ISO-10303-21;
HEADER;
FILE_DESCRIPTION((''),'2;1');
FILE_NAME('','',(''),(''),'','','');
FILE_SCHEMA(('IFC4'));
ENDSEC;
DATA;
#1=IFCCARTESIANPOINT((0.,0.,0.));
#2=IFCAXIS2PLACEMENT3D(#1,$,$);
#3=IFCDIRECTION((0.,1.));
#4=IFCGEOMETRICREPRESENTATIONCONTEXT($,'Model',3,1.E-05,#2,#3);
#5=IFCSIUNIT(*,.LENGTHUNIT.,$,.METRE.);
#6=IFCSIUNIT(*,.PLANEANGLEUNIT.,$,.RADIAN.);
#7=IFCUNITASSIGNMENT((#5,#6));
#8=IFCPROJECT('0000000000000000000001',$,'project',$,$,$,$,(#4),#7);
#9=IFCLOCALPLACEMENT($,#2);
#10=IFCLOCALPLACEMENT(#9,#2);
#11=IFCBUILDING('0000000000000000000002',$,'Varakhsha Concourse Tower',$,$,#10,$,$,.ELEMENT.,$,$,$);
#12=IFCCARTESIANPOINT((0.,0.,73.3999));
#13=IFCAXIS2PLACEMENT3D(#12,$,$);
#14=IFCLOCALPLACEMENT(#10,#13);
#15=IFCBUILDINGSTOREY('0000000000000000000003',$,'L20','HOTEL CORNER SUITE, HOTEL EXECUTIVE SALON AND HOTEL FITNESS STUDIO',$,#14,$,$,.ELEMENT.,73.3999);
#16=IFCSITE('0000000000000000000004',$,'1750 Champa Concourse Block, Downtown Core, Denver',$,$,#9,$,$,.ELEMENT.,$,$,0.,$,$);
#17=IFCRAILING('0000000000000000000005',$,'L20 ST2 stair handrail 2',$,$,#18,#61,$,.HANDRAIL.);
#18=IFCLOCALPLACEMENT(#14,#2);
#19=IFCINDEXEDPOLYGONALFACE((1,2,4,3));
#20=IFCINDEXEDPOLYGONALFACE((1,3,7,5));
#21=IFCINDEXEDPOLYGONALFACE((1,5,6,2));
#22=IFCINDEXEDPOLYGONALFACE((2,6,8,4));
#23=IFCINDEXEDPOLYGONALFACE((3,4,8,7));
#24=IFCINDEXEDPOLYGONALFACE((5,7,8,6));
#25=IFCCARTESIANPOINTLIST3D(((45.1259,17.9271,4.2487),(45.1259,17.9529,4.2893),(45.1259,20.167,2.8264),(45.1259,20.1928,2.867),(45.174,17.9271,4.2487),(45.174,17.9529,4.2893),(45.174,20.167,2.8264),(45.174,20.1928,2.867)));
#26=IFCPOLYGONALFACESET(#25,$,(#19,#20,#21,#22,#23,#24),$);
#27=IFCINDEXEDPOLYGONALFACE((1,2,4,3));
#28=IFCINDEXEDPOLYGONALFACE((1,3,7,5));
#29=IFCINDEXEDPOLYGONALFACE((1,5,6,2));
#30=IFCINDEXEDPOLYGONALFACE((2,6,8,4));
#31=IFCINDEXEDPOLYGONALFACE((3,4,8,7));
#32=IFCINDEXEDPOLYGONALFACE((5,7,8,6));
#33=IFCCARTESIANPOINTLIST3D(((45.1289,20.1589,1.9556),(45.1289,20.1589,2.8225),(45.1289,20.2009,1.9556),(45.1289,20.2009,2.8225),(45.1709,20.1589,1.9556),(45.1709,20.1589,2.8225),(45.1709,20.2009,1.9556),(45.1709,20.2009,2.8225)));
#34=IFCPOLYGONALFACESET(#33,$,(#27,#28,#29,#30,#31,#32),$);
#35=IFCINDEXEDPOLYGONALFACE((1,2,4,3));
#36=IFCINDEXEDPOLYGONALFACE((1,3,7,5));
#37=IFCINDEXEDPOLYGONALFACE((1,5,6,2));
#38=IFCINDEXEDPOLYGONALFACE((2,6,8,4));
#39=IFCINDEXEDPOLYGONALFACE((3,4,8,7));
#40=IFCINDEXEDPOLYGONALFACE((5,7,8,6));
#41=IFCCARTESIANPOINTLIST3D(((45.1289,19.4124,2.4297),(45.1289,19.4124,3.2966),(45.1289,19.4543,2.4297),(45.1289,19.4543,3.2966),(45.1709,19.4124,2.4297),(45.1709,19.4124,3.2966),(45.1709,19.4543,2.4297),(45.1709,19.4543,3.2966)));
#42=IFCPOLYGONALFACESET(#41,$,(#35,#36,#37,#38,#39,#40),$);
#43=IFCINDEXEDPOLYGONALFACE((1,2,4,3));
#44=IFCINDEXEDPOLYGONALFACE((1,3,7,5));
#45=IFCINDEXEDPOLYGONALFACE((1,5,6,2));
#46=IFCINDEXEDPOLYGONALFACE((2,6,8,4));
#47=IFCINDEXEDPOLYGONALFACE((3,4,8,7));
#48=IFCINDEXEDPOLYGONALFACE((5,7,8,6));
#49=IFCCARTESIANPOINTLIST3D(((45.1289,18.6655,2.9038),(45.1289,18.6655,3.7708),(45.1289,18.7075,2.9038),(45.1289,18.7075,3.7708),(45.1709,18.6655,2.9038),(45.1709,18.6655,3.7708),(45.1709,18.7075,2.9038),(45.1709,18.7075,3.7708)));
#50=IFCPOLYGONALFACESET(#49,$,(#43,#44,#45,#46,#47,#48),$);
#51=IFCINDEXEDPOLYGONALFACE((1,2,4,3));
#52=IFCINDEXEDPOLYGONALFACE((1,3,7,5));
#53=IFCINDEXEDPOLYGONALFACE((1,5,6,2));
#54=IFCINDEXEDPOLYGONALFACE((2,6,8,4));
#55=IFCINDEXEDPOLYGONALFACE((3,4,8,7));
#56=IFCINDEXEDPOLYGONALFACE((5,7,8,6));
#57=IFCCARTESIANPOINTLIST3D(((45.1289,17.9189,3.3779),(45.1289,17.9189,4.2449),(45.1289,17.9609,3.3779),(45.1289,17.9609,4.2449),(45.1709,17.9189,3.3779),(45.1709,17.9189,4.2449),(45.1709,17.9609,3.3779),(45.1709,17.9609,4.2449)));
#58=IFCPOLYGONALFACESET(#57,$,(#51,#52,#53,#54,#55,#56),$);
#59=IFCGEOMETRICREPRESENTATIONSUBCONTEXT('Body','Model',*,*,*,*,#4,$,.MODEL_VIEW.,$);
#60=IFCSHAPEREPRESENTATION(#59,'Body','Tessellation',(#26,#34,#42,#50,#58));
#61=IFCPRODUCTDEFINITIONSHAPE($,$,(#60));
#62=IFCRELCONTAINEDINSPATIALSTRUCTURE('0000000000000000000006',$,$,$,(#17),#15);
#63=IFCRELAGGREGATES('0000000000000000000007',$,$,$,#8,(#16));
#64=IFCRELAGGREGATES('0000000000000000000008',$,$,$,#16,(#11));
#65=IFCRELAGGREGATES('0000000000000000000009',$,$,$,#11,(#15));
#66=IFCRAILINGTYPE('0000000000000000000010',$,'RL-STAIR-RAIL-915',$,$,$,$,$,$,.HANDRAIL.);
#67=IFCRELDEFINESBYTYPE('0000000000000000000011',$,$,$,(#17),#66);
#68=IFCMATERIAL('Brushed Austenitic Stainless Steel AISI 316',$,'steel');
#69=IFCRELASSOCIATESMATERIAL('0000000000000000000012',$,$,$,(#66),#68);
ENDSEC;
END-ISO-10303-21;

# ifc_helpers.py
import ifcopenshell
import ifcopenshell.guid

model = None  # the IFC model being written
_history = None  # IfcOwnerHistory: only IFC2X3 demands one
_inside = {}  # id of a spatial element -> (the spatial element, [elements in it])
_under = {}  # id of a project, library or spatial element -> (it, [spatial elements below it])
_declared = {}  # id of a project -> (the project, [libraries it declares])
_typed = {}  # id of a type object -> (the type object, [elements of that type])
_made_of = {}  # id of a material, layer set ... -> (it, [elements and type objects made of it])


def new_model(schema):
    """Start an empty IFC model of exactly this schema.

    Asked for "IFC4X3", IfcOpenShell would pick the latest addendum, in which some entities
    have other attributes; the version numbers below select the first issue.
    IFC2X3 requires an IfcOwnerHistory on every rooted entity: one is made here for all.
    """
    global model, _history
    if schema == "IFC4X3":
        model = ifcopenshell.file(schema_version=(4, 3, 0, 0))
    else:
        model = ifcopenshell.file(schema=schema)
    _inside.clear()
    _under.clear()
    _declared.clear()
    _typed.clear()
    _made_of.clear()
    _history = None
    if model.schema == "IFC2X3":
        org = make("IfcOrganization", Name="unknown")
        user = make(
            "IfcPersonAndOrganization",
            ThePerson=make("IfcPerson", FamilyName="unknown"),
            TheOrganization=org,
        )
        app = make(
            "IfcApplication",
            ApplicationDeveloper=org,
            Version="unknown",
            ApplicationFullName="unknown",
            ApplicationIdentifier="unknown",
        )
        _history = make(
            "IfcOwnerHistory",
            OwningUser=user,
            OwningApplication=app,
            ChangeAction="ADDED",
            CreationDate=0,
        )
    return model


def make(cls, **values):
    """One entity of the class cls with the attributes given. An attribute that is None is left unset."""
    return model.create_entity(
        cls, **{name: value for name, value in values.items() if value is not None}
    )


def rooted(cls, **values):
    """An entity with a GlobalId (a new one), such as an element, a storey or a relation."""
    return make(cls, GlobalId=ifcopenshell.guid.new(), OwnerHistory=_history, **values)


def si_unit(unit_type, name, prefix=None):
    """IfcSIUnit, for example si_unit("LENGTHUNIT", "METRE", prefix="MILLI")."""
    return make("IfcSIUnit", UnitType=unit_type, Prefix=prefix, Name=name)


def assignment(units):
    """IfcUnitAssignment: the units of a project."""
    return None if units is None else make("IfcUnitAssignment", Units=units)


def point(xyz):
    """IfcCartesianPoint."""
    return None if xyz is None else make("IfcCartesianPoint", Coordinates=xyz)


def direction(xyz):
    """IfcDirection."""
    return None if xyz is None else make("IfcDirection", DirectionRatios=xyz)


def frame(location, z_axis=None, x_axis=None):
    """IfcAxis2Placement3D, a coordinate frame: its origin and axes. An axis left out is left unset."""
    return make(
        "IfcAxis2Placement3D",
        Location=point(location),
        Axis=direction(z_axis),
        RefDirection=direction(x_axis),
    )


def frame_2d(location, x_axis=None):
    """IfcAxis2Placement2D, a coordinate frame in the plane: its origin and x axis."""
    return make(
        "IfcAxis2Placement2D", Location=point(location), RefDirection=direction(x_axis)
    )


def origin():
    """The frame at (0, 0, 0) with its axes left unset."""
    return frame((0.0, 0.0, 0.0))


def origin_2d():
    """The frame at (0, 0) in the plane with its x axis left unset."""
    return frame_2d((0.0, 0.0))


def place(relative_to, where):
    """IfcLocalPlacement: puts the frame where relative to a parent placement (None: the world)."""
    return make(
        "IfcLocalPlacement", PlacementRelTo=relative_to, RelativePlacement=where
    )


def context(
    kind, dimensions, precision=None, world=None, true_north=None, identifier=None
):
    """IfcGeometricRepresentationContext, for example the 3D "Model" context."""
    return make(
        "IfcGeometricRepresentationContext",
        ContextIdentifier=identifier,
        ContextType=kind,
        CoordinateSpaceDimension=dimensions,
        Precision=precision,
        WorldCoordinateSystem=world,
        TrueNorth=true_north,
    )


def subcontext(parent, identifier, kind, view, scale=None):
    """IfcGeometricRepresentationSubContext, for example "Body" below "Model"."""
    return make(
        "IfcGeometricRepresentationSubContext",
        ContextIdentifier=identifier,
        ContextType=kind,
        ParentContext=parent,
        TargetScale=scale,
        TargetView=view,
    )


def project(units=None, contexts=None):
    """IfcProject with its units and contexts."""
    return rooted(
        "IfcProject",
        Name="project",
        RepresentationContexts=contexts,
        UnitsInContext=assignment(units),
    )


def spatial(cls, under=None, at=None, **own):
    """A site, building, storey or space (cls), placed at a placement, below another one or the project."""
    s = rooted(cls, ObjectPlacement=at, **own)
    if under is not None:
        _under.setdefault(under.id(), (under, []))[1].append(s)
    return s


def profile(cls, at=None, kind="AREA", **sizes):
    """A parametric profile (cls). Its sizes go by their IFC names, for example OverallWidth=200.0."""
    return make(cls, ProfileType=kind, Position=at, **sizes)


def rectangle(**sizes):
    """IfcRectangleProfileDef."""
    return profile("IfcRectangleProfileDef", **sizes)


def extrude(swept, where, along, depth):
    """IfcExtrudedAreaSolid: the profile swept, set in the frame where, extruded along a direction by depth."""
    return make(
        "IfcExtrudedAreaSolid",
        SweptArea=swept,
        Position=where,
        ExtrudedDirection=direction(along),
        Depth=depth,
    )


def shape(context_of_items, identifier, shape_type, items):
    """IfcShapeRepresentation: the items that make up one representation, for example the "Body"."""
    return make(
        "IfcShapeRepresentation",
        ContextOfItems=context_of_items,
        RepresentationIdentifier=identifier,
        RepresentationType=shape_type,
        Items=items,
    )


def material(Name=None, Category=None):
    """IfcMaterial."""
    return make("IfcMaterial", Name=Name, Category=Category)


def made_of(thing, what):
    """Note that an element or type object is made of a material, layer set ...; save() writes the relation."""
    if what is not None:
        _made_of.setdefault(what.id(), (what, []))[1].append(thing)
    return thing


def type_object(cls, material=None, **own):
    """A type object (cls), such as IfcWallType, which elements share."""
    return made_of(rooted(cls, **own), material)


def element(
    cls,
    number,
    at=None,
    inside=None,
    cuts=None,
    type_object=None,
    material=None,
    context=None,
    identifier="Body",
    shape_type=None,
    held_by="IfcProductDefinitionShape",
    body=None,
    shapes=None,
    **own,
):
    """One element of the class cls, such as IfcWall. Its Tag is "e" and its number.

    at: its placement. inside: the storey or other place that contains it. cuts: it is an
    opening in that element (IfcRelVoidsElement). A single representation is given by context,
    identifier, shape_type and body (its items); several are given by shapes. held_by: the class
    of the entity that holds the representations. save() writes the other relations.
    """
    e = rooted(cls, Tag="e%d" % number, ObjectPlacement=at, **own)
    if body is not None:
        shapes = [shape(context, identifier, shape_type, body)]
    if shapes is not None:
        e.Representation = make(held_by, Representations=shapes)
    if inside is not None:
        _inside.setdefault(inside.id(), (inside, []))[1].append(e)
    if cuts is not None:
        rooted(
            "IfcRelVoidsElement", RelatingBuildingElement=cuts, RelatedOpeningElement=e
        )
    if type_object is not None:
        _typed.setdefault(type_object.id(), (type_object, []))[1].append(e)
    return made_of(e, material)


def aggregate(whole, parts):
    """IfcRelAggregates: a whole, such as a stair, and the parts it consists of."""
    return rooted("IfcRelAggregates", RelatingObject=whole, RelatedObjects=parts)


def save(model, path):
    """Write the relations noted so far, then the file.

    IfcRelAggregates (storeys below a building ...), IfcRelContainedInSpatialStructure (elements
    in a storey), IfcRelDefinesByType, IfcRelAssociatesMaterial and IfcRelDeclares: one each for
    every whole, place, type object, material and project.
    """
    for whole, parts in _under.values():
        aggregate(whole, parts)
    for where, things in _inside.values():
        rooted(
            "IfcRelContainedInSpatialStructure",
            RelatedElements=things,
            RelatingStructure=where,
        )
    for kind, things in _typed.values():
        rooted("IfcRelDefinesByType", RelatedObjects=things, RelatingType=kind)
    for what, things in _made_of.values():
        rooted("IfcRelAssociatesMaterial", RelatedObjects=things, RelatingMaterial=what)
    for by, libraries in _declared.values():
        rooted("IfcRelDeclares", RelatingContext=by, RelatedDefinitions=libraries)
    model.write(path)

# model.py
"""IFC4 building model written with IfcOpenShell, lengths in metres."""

from ifc_helpers import new_model, si_unit, direction, frame, origin, origin_2d, place, context, subcontext, project, spatial, rectangle, extrude, material, type_object, element, save


model = new_model("IFC4")

# Units and contexts
model_context = context("Model", 3, precision=1e-05, world=origin(), true_north=direction((0.0, 1.0)))
body_context = subcontext(model_context, "Body", "Model", "MODEL_VIEW")
ifc_project = project(units=[si_unit("LENGTHUNIT", "METRE"), si_unit("PLANEANGLEUNIT", "RADIAN")], contexts=[model_context])

# Site, building, storey
site_placement = place(None, origin())
site = spatial("IfcSite", under=ifc_project, at=site_placement, Name="1750 Champa Concourse Block, Downtown Core, Denver", CompositionType="ELEMENT", RefElevation=0.0)
building_placement = place(site_placement, origin())
building = spatial("IfcBuilding", under=site, at=building_placement, Name="Varakhsha Concourse Tower", CompositionType="ELEMENT")
storey_placement = place(building_placement, frame((0.0, 0.0, 73.3999)))
storey = spatial("IfcBuildingStorey", under=building, at=storey_placement, Name="L20", Description="HOTEL CORNER SUITE, HOTEL EXECUTIVE SALON AND HOTEL FITNESS STUDIO", CompositionType="ELEMENT", Elevation=73.3999)

# Railing
ifc_material_1 = material(Name="Brushed Austenitic Stainless Steel AISI 316", Category="steel")
railing_type_1 = type_object("IfcRailingType", Name="RL-STAIR-RAIL-915", PredefinedType="HANDRAIL", material=ifc_material_1)
railing_1_placement = place(storey_placement, frame((45.1499, 20.1799, 1.9556)))
element("IfcRailing", 1, at=railing_1_placement, inside=storey, type_object=railing_type_1, Name="L20 ST2 stair handrail 2", PredefinedType="HANDRAIL", context=body_context, shape_type="SweptSolid", body=[
    extrude(rectangle(XDim=0.0481, YDim=0.0481, at=origin_2d()), frame((0.0, 0.0, 0.8911), z_axis=(0.0, -0.844188, 0.536048), x_axis=(1.0, 0.0, 0.0)), (0.0, 0.0, 1.0), 2.6533),
    extrude(rectangle(XDim=0.042, YDim=0.042, at=origin_2d()), origin(), (0.0, 0.0, 1.0), 0.8669),
    extrude(rectangle(XDim=0.042, YDim=0.042, at=origin_2d()), frame((0.0, -0.7466, 0.4741)), (0.0, 0.0, 1.0), 0.8669),
    extrude(rectangle(XDim=0.042, YDim=0.042, at=origin_2d()), frame((0.0, -1.4934, 0.9482)), (0.0, 0.0, 1.0), 0.8669),
    extrude(rectangle(XDim=0.042, YDim=0.042, at=origin_2d()), frame((0.0, -2.24, 1.4224)), (0.0, 0.0, 1.0), 0.8669),
])

save(model, "model.ifc")
